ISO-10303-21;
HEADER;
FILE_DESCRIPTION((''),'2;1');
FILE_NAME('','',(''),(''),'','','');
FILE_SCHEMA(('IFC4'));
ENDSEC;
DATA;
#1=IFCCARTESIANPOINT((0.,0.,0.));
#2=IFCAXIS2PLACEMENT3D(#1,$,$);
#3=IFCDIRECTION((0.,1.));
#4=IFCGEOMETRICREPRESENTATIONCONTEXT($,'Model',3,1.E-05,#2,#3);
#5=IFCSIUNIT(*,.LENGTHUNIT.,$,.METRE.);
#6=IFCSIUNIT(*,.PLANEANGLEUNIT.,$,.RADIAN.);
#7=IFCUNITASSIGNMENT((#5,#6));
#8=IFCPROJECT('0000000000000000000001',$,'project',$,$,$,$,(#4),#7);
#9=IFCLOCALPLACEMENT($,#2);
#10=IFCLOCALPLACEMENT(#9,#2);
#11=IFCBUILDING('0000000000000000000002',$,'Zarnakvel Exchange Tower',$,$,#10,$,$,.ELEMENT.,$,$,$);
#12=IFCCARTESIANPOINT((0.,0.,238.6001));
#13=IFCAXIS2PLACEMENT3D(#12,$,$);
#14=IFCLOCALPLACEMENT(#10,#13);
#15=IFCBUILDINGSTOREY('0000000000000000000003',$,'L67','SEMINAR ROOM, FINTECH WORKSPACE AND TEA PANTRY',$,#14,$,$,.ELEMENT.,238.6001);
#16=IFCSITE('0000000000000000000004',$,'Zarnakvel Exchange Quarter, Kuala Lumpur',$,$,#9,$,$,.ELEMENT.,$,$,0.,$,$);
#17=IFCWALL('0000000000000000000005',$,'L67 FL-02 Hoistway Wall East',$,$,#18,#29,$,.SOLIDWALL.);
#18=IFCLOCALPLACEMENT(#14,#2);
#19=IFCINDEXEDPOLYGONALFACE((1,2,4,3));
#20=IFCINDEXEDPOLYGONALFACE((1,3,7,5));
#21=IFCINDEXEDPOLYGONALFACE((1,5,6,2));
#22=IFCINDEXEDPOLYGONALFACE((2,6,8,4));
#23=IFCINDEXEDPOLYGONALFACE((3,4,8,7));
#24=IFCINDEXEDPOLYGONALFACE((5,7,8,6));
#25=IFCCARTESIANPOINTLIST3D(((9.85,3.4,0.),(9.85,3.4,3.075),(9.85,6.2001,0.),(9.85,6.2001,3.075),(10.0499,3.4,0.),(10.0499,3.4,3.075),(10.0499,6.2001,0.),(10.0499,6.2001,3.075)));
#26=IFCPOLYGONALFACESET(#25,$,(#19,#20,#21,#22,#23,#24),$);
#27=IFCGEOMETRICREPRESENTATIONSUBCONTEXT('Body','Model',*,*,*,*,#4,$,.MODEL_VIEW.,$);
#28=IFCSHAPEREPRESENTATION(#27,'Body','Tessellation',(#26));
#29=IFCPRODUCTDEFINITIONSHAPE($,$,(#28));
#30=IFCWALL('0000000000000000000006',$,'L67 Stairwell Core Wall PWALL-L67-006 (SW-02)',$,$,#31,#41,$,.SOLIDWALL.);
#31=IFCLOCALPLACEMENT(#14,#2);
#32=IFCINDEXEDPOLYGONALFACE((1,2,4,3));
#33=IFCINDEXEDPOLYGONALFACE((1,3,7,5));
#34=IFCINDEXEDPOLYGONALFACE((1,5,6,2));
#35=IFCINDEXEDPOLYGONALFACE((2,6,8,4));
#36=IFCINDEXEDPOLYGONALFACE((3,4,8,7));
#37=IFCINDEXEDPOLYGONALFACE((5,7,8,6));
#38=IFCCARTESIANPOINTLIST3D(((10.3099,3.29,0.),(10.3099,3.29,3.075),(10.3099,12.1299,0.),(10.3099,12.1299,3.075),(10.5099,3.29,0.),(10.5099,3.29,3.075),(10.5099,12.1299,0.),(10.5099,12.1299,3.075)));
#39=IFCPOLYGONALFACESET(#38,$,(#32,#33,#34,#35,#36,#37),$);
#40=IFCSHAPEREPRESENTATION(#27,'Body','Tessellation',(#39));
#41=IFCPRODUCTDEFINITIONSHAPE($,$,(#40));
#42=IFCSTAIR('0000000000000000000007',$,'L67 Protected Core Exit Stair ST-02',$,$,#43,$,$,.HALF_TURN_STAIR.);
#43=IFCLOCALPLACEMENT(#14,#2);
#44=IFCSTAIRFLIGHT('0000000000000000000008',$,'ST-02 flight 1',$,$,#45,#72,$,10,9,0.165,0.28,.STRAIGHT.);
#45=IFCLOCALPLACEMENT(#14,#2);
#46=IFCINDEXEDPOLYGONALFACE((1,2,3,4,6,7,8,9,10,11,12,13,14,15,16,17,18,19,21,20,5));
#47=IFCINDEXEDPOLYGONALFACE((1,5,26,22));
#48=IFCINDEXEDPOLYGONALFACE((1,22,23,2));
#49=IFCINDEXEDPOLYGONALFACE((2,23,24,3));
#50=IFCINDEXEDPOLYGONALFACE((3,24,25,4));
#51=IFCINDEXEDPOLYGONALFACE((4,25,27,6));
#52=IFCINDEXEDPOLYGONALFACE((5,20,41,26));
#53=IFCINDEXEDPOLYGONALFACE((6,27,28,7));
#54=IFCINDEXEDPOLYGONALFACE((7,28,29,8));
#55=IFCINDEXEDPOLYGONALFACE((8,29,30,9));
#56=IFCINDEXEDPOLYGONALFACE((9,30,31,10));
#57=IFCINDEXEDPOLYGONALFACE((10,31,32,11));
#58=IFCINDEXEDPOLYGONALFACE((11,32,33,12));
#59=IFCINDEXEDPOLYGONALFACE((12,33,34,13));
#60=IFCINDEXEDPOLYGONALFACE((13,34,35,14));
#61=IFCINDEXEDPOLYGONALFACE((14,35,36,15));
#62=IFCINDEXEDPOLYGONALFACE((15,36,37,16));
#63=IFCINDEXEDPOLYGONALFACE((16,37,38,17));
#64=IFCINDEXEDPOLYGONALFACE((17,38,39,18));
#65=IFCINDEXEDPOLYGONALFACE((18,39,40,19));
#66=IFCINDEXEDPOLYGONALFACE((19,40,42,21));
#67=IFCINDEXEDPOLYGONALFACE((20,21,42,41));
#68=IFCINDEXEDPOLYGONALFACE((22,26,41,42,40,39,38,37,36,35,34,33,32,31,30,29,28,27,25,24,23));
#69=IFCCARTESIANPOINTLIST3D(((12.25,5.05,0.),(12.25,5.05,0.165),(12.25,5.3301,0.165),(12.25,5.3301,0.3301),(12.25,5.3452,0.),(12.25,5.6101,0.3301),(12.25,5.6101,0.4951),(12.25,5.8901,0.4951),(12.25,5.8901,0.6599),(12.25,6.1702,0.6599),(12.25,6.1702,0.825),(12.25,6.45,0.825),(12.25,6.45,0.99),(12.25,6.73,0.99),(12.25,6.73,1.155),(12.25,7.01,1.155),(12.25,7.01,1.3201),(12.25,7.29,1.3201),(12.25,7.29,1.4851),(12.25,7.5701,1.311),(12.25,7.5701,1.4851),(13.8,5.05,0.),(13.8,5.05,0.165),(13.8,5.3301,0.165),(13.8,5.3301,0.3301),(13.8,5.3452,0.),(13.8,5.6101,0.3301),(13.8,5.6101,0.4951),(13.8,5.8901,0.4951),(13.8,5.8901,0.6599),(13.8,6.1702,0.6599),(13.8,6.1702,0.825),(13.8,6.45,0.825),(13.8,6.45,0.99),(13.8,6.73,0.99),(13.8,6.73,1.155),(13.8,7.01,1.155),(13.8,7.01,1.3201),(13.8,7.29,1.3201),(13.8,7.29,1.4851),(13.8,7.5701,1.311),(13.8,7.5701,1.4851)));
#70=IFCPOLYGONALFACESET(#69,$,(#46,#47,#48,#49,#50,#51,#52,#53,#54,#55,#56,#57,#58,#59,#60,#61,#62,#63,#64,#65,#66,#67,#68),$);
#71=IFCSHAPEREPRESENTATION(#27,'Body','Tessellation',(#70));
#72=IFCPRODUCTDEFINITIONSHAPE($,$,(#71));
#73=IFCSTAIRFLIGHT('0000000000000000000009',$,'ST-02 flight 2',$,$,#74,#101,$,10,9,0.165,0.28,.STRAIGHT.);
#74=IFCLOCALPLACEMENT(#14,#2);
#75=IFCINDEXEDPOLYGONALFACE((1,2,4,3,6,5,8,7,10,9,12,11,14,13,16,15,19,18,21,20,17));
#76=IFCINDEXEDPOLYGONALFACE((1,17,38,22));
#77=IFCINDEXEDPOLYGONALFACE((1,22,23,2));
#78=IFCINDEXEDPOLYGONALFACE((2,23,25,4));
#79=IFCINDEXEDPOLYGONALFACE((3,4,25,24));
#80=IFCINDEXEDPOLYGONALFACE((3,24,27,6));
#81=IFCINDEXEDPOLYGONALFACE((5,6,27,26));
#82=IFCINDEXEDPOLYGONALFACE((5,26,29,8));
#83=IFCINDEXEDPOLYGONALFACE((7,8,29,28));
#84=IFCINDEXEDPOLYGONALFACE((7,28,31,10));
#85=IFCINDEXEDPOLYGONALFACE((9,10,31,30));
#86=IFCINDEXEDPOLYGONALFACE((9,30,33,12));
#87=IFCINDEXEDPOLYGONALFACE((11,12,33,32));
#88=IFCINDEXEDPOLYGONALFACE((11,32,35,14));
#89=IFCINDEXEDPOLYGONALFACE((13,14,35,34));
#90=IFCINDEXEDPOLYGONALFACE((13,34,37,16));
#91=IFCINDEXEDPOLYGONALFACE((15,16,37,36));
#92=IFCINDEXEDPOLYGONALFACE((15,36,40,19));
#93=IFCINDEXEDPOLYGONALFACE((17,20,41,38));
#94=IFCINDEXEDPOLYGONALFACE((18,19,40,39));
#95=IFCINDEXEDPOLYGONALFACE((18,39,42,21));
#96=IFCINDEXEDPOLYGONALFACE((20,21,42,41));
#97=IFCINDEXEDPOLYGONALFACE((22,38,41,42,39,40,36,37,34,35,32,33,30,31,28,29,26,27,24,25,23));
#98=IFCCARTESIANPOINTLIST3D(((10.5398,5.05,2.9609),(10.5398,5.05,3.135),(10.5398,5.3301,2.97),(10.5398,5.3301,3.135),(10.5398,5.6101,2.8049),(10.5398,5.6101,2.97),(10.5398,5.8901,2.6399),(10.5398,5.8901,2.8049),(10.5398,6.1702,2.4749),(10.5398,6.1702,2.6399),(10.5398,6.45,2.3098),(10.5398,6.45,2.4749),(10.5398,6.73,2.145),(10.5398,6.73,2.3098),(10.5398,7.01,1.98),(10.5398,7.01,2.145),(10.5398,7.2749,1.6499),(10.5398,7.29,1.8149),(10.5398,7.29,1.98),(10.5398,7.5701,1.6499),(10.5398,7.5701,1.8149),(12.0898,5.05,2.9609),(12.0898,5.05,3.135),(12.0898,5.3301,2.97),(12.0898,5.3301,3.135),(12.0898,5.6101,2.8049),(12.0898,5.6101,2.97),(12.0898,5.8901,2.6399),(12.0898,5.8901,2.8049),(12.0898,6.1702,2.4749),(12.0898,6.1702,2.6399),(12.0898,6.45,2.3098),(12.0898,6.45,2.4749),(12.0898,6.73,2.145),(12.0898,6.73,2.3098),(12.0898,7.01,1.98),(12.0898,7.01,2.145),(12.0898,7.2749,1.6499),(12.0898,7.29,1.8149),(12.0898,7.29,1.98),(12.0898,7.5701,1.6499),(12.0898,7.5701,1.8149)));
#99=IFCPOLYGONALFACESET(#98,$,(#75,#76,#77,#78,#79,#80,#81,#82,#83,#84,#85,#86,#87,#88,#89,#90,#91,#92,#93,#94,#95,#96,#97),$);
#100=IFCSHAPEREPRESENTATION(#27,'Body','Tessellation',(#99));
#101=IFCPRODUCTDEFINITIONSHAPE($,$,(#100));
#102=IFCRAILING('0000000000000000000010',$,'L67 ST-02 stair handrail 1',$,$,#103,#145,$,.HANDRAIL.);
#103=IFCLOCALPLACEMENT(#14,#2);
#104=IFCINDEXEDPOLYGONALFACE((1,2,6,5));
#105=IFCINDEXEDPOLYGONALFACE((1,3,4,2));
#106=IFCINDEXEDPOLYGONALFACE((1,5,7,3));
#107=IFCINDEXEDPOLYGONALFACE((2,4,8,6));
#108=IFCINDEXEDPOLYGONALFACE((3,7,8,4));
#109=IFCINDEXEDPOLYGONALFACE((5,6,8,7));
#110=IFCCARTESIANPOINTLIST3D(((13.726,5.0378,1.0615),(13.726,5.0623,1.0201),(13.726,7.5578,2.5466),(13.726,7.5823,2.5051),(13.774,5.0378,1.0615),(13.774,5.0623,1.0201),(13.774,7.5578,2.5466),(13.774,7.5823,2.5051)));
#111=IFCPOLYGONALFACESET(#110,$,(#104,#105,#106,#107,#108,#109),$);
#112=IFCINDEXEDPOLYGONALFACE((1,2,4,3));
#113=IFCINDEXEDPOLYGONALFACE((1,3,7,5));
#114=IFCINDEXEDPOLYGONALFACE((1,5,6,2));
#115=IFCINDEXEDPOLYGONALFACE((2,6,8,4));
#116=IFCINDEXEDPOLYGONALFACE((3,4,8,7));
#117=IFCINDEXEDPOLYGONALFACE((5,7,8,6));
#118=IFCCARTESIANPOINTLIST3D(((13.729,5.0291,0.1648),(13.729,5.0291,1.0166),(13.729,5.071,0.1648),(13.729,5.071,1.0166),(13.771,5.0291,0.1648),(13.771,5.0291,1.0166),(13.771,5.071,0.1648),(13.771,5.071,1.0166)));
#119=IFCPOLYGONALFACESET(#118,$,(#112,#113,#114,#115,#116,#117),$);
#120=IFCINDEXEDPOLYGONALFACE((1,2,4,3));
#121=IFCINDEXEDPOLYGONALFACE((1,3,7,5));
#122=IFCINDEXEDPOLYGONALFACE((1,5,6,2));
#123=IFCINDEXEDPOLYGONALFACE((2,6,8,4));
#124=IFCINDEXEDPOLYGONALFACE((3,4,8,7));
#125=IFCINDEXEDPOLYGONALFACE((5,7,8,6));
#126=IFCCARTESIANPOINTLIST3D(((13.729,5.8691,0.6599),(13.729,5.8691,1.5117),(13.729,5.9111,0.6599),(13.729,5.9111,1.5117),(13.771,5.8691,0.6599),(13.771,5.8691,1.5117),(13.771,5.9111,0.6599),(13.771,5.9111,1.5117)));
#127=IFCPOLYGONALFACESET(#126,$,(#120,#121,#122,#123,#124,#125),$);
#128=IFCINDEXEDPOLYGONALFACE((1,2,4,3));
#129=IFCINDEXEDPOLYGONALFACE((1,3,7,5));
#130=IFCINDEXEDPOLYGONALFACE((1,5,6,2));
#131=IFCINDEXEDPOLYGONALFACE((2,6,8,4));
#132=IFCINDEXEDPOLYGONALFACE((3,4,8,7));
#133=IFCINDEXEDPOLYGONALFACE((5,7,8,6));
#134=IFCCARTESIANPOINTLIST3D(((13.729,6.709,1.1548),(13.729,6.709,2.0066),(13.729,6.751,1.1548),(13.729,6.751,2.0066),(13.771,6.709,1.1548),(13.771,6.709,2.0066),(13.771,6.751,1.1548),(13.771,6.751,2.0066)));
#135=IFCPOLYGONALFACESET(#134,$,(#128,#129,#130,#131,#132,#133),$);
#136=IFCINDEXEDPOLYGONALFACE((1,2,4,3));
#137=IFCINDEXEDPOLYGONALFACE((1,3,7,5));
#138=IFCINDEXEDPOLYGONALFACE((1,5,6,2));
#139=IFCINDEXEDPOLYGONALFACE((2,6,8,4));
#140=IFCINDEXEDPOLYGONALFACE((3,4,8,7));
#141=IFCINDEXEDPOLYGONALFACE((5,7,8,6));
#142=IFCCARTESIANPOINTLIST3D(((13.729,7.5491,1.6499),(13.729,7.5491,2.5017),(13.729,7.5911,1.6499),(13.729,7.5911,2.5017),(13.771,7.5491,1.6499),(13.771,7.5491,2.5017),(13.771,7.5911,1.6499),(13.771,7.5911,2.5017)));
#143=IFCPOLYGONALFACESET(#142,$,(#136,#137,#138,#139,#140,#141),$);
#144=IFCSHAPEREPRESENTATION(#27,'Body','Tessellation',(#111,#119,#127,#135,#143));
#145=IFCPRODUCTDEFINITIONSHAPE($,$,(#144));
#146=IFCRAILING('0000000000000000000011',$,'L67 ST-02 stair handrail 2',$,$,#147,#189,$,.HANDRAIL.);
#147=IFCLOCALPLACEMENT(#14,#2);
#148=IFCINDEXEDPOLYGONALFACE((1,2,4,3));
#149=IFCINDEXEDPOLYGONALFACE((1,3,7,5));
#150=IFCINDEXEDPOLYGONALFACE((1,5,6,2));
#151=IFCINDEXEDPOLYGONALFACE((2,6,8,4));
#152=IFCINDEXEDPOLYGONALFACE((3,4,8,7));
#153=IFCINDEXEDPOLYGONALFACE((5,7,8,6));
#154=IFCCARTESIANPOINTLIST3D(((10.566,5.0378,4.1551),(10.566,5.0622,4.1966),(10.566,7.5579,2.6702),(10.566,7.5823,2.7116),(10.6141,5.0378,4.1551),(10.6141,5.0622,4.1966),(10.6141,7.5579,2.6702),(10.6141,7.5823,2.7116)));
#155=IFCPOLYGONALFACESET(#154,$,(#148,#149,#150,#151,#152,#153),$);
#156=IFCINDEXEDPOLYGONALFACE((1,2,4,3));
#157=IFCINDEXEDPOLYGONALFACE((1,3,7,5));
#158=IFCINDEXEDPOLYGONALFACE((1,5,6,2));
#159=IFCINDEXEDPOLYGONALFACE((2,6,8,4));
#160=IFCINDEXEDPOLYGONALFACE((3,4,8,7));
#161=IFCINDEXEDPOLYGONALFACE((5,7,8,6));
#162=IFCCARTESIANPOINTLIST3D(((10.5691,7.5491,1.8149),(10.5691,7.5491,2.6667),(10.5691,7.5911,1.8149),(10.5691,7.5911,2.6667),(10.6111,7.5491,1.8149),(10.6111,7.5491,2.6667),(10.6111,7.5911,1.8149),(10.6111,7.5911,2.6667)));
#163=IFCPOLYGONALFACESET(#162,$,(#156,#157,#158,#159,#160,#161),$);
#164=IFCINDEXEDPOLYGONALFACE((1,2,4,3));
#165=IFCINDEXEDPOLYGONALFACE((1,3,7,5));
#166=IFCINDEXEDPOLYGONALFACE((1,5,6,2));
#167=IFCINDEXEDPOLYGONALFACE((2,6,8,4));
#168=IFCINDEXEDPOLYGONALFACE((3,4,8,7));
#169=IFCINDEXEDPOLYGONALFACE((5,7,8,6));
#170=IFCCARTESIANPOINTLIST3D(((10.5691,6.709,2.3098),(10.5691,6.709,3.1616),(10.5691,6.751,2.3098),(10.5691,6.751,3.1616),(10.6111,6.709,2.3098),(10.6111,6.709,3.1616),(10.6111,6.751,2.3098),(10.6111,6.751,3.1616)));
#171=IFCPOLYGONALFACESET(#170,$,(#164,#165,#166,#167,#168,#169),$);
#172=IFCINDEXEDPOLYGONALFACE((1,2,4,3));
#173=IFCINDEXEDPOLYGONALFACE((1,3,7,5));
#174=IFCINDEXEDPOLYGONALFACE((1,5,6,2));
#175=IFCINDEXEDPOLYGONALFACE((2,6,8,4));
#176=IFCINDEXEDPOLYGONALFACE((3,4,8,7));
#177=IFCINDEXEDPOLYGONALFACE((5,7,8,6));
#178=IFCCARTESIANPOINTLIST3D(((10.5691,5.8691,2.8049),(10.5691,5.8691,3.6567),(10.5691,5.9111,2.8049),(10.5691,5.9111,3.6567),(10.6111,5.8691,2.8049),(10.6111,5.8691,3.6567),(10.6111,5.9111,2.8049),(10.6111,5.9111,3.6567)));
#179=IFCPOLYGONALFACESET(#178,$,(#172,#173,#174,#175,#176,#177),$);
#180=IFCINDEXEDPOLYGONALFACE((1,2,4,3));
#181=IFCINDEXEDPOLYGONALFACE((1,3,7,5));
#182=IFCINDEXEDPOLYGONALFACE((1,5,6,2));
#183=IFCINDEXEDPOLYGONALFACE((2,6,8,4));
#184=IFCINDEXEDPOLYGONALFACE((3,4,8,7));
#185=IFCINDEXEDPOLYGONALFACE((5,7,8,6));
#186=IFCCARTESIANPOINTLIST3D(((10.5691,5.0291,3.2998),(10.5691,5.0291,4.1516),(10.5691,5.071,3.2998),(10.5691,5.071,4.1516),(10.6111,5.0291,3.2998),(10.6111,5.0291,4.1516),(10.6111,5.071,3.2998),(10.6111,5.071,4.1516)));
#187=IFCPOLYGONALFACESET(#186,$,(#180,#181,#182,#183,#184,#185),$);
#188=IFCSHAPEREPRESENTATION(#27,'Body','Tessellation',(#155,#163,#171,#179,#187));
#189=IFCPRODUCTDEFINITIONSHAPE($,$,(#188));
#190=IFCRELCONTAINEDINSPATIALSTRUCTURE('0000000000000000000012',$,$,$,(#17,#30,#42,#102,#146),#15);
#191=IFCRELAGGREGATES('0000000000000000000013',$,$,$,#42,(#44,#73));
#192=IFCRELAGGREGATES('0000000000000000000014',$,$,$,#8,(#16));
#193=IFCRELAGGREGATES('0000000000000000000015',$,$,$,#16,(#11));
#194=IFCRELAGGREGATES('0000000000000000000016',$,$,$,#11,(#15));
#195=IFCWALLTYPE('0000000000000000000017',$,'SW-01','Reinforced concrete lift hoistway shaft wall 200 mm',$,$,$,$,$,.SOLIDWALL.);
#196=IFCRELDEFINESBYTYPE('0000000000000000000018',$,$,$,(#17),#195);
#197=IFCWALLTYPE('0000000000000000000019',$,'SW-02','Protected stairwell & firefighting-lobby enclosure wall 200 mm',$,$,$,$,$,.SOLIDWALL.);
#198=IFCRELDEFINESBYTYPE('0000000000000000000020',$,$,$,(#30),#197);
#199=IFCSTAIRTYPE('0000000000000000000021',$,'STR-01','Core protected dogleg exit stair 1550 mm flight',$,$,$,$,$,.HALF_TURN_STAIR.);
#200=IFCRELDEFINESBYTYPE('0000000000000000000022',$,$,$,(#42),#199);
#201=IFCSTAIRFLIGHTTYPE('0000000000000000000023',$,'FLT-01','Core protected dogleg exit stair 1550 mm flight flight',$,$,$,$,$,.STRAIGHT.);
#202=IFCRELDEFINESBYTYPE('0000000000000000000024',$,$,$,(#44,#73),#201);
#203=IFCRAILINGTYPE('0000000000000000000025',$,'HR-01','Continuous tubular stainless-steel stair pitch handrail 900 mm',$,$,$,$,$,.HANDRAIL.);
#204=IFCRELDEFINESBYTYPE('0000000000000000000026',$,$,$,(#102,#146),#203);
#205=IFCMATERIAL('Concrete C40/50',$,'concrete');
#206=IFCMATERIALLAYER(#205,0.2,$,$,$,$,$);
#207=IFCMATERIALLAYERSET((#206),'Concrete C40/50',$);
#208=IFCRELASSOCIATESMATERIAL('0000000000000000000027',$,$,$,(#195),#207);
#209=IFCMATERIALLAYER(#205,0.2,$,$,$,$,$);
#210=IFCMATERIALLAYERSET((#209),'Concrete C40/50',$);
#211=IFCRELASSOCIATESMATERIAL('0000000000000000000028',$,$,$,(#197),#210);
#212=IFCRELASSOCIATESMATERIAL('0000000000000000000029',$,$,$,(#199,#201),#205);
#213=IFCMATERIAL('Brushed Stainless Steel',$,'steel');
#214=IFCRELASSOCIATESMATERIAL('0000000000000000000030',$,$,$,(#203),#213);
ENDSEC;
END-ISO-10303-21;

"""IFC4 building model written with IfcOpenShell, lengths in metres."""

from ifc_helpers import new_model, si_unit, direction, frame, frame_2d, origin, origin_2d, place, context, subcontext, project, spatial, polyline, rectangle, outline, extrude, material, layer, layer_set, type_object, element, aggregate, save


model = new_model("IFC4")

# Units and contexts
model_context = context("Model", 3, precision=1e-05, world=origin(), true_north=direction((0.0, 1.0)))
body_context = subcontext(model_context, "Body", "Model", "MODEL_VIEW")
ifc_project = project(units=[si_unit("LENGTHUNIT", "METRE"), si_unit("PLANEANGLEUNIT", "RADIAN")], contexts=[model_context])

# Site, building, storey
site_placement = place(None, origin())
site = spatial("IfcSite", under=ifc_project, at=site_placement, Name="Zarnakvel Exchange Quarter, Kuala Lumpur", CompositionType="ELEMENT", RefElevation=0.0)
building_placement = place(site_placement, origin())
building = spatial("IfcBuilding", under=site, at=building_placement, Name="Zarnakvel Exchange Tower", CompositionType="ELEMENT")
storey_placement = place(building_placement, frame((0.0, 0.0, 238.6001)))
storey = spatial("IfcBuildingStorey", under=building, at=storey_placement, Name="L67", Description="SEMINAR ROOM, FINTECH WORKSPACE AND TEA PANTRY", CompositionType="ELEMENT", Elevation=238.6001)

# Shared definitions
ifc_material_1 = material(Name="Concrete C40/50", Category="concrete")
ifc_layer_1 = layer(ifc_material_1, 0.2)
ifc_layer_set_1 = layer_set([ifc_layer_1], Name="Concrete C40/50")
wall_type_1 = type_object("IfcWallType", Name="SW-01", Description="Reinforced concrete lift hoistway shaft wall 200 mm", PredefinedType="SOLIDWALL", material=ifc_layer_set_1)
ifc_material_2 = material(Name="Brushed Stainless Steel", Category="steel")

# Wall
wall_1_placement = place(storey_placement, frame((9.95, 6.2, 0.0), z_axis=(0.0, 0.0, 1.0), x_axis=(0.0, -1.0, 0.0)))
element("IfcWall", 1, at=wall_1_placement, inside=storey, type_object=wall_type_1, Name="L67 FL-02 Hoistway Wall East", PredefinedType="SOLIDWALL", context=body_context, shape_type="SweptSolid", body=[
    extrude(rectangle(XDim=2.8, YDim=0.2, at=frame_2d((1.3999, 0.0))), origin(), (0.0, 0.0, 1.0), 3.075),
])

# Shared definitions
ifc_layer_2 = layer(ifc_material_1, 0.2)
ifc_layer_set_2 = layer_set([ifc_layer_2], Name="Concrete C40/50")
wall_type_2 = type_object("IfcWallType", Name="SW-02", Description="Protected stairwell & firefighting-lobby enclosure wall 200 mm", PredefinedType="SOLIDWALL", material=ifc_layer_set_2)

# Wall
wall_2_placement = place(storey_placement, frame((10.4099, 3.29, 0.0), z_axis=(0.0, 0.0, 1.0), x_axis=(0.0, 1.0, 0.0)))
element("IfcWall", 2, at=wall_2_placement, inside=storey, type_object=wall_type_2, Name="L67 Stairwell Core Wall PWALL-L67-006 (SW-02)", PredefinedType="SOLIDWALL", context=body_context, shape_type="SweptSolid", body=[
    extrude(rectangle(XDim=8.8398, YDim=0.2, at=frame_2d((4.4199, 0.0))), origin(), (0.0, 0.0, 1.0), 3.075),
])

# Stair, stair flights
stair_type = type_object("IfcStairType", Name="STR-01", Description="Core protected dogleg exit stair 1550 mm flight", PredefinedType="HALF_TURN_STAIR", material=ifc_material_1)
stair_placement = place(storey_placement, origin())
stair = element("IfcStair", 3, at=stair_placement, inside=storey, type_object=stair_type, Name="L67 Protected Core Exit Stair ST-02", PredefinedType="HALF_TURN_STAIR")
stair_flight_type = type_object("IfcStairFlightType", Name="FLT-01", Description="Core protected dogleg exit stair 1550 mm flight flight", PredefinedType="STRAIGHT", material=ifc_material_1)
stair_flight_1_placement = place(storey_placement, frame((13.0249, 5.05, 0.0), z_axis=(0.0, 0.0, 1.0), x_axis=(0.0, 1.0, 0.0)))
stair_flight_1 = element("IfcStairFlight", 4, at=stair_flight_1_placement, type_object=stair_flight_type, Name="ST-02 flight 1", NumberOfRisers=10, NumberOfTreads=9, PredefinedType="STRAIGHT", RiserHeight=0.165, TreadLength=0.28, context=body_context, shape_type="SweptSolid", body=[
    extrude(outline(polyline([(0.0, 0.0), (0.0, 0.165), (0.28, 0.165), (0.28, 0.3301), (0.5601, 0.3301), (0.5601, 0.4951), (0.8401, 0.4951), (0.8401, 0.6599), (1.1201, 0.6599), (1.1201, 0.825), (1.3999, 0.825), (1.3999, 0.99), (1.6799, 0.99), (1.6799, 1.155), (1.96, 1.155), (1.96, 1.3201), (2.24, 1.3201), (2.24, 1.4851), (2.52, 1.4851), (2.52, 1.6499), (2.52, 1.311), (0.2952, 0.0), (0.0, 0.0)])), frame((0.0, 0.7749, 0.0), z_axis=(0.0, -1.0, 0.0), x_axis=(1.0, 0.0, 0.0)), (0.0, 0.0, 1.0), 1.55),
])
stair_flight_2_placement = place(storey_placement, frame((11.3149, 7.5701, 1.6499), z_axis=(0.0, 0.0, 1.0), x_axis=(0.0, -1.0, 0.0)))
stair_flight_2 = element("IfcStairFlight", 5, at=stair_flight_2_placement, type_object=stair_flight_type, Name="ST-02 flight 2", NumberOfRisers=10, NumberOfTreads=9, PredefinedType="STRAIGHT", RiserHeight=0.165, TreadLength=0.28, context=body_context, shape_type="SweptSolid", body=[
    extrude(outline(polyline([(0.0, 0.0), (0.0, 0.165), (0.28, 0.165), (0.28, 0.3301), (0.5601, 0.3301), (0.5601, 0.4951), (0.8401, 0.4951), (0.8401, 0.6599), (1.1201, 0.6599), (1.1201, 0.825), (1.3999, 0.825), (1.3999, 0.99), (1.6799, 0.99), (1.6799, 1.155), (1.96, 1.155), (1.96, 1.3201), (2.24, 1.3201), (2.24, 1.4851), (2.52, 1.4851), (2.52, 1.6499), (2.52, 1.311), (0.2952, 0.0), (0.0, 0.0)])), frame((0.0, 0.7749, 0.0), z_axis=(0.0, -1.0, 0.0), x_axis=(1.0, 0.0, 0.0)), (0.0, 0.0, 1.0), 1.55),
])
aggregate(stair, [stair_flight_1, stair_flight_2])

# Railings
railing_type_1 = type_object("IfcRailingType", Name="HR-01", Description="Continuous tubular stainless-steel stair pitch handrail 900 mm", PredefinedType="HANDRAIL", material=ifc_material_2)
railing_1_placement = place(storey_placement, frame((13.75, 5.05, 0.1648)))
element("IfcRailing", 6, at=railing_1_placement, inside=storey, type_object=railing_type_1, Name="L67 ST-02 stair handrail 1", PredefinedType="HANDRAIL", context=body_context, shape_type="SweptSolid", body=[
    extrude(rectangle(XDim=0.0481, YDim=0.0481, at=origin_2d()), frame((0.0, 0.0, 0.876), z_axis=(0.0, 0.861524, 0.507717), x_axis=(-1.0, 0.0, 0.0)), (0.0, 0.0, 1.0), 2.925),
    extrude(rectangle(XDim=0.042, YDim=0.042, at=origin_2d()), origin(), (0.0, 0.0, 1.0), 0.8518),
    extrude(rectangle(XDim=0.042, YDim=0.042, at=origin_2d()), frame((0.0, 0.8401, 0.4951)), (0.0, 0.0, 1.0), 0.8518),
    extrude(rectangle(XDim=0.042, YDim=0.042, at=origin_2d()), frame((0.0, 1.6799, 0.99)), (0.0, 0.0, 1.0), 0.8518),
    extrude(rectangle(XDim=0.042, YDim=0.042, at=origin_2d()), frame((0.0, 2.52, 1.4851)), (0.0, 0.0, 1.0), 0.8518),
])
railing_2_placement = place(storey_placement, frame((10.5901, 7.5701, 1.8149)))
element("IfcRailing", 7, at=railing_2_placement, inside=storey, type_object=railing_type_1, Name="L67 ST-02 stair handrail 2", PredefinedType="HANDRAIL", context=body_context, shape_type="SweptSolid", body=[
    extrude(rectangle(XDim=0.0481, YDim=0.0481, at=origin_2d()), frame((0.0, 0.0, 0.876), z_axis=(0.0, -0.861561, 0.507655), x_axis=(1.0, 0.0, 0.0)), (0.0, 0.0, 1.0), 2.925),
    extrude(rectangle(XDim=0.042, YDim=0.042, at=origin_2d()), origin(), (0.0, 0.0, 1.0), 0.8518),
    extrude(rectangle(XDim=0.042, YDim=0.042, at=origin_2d()), frame((0.0, -0.8401, 0.4949)), (0.0, 0.0, 1.0), 0.8518),
    extrude(rectangle(XDim=0.042, YDim=0.042, at=origin_2d()), frame((0.0, -1.6799, 0.99)), (0.0, 0.0, 1.0), 0.8518),
    extrude(rectangle(XDim=0.042, YDim=0.042, at=origin_2d()), frame((0.0, -2.52, 1.4849)), (0.0, 0.0, 1.0), 0.8518),
])

save(model, "model.ifc")
